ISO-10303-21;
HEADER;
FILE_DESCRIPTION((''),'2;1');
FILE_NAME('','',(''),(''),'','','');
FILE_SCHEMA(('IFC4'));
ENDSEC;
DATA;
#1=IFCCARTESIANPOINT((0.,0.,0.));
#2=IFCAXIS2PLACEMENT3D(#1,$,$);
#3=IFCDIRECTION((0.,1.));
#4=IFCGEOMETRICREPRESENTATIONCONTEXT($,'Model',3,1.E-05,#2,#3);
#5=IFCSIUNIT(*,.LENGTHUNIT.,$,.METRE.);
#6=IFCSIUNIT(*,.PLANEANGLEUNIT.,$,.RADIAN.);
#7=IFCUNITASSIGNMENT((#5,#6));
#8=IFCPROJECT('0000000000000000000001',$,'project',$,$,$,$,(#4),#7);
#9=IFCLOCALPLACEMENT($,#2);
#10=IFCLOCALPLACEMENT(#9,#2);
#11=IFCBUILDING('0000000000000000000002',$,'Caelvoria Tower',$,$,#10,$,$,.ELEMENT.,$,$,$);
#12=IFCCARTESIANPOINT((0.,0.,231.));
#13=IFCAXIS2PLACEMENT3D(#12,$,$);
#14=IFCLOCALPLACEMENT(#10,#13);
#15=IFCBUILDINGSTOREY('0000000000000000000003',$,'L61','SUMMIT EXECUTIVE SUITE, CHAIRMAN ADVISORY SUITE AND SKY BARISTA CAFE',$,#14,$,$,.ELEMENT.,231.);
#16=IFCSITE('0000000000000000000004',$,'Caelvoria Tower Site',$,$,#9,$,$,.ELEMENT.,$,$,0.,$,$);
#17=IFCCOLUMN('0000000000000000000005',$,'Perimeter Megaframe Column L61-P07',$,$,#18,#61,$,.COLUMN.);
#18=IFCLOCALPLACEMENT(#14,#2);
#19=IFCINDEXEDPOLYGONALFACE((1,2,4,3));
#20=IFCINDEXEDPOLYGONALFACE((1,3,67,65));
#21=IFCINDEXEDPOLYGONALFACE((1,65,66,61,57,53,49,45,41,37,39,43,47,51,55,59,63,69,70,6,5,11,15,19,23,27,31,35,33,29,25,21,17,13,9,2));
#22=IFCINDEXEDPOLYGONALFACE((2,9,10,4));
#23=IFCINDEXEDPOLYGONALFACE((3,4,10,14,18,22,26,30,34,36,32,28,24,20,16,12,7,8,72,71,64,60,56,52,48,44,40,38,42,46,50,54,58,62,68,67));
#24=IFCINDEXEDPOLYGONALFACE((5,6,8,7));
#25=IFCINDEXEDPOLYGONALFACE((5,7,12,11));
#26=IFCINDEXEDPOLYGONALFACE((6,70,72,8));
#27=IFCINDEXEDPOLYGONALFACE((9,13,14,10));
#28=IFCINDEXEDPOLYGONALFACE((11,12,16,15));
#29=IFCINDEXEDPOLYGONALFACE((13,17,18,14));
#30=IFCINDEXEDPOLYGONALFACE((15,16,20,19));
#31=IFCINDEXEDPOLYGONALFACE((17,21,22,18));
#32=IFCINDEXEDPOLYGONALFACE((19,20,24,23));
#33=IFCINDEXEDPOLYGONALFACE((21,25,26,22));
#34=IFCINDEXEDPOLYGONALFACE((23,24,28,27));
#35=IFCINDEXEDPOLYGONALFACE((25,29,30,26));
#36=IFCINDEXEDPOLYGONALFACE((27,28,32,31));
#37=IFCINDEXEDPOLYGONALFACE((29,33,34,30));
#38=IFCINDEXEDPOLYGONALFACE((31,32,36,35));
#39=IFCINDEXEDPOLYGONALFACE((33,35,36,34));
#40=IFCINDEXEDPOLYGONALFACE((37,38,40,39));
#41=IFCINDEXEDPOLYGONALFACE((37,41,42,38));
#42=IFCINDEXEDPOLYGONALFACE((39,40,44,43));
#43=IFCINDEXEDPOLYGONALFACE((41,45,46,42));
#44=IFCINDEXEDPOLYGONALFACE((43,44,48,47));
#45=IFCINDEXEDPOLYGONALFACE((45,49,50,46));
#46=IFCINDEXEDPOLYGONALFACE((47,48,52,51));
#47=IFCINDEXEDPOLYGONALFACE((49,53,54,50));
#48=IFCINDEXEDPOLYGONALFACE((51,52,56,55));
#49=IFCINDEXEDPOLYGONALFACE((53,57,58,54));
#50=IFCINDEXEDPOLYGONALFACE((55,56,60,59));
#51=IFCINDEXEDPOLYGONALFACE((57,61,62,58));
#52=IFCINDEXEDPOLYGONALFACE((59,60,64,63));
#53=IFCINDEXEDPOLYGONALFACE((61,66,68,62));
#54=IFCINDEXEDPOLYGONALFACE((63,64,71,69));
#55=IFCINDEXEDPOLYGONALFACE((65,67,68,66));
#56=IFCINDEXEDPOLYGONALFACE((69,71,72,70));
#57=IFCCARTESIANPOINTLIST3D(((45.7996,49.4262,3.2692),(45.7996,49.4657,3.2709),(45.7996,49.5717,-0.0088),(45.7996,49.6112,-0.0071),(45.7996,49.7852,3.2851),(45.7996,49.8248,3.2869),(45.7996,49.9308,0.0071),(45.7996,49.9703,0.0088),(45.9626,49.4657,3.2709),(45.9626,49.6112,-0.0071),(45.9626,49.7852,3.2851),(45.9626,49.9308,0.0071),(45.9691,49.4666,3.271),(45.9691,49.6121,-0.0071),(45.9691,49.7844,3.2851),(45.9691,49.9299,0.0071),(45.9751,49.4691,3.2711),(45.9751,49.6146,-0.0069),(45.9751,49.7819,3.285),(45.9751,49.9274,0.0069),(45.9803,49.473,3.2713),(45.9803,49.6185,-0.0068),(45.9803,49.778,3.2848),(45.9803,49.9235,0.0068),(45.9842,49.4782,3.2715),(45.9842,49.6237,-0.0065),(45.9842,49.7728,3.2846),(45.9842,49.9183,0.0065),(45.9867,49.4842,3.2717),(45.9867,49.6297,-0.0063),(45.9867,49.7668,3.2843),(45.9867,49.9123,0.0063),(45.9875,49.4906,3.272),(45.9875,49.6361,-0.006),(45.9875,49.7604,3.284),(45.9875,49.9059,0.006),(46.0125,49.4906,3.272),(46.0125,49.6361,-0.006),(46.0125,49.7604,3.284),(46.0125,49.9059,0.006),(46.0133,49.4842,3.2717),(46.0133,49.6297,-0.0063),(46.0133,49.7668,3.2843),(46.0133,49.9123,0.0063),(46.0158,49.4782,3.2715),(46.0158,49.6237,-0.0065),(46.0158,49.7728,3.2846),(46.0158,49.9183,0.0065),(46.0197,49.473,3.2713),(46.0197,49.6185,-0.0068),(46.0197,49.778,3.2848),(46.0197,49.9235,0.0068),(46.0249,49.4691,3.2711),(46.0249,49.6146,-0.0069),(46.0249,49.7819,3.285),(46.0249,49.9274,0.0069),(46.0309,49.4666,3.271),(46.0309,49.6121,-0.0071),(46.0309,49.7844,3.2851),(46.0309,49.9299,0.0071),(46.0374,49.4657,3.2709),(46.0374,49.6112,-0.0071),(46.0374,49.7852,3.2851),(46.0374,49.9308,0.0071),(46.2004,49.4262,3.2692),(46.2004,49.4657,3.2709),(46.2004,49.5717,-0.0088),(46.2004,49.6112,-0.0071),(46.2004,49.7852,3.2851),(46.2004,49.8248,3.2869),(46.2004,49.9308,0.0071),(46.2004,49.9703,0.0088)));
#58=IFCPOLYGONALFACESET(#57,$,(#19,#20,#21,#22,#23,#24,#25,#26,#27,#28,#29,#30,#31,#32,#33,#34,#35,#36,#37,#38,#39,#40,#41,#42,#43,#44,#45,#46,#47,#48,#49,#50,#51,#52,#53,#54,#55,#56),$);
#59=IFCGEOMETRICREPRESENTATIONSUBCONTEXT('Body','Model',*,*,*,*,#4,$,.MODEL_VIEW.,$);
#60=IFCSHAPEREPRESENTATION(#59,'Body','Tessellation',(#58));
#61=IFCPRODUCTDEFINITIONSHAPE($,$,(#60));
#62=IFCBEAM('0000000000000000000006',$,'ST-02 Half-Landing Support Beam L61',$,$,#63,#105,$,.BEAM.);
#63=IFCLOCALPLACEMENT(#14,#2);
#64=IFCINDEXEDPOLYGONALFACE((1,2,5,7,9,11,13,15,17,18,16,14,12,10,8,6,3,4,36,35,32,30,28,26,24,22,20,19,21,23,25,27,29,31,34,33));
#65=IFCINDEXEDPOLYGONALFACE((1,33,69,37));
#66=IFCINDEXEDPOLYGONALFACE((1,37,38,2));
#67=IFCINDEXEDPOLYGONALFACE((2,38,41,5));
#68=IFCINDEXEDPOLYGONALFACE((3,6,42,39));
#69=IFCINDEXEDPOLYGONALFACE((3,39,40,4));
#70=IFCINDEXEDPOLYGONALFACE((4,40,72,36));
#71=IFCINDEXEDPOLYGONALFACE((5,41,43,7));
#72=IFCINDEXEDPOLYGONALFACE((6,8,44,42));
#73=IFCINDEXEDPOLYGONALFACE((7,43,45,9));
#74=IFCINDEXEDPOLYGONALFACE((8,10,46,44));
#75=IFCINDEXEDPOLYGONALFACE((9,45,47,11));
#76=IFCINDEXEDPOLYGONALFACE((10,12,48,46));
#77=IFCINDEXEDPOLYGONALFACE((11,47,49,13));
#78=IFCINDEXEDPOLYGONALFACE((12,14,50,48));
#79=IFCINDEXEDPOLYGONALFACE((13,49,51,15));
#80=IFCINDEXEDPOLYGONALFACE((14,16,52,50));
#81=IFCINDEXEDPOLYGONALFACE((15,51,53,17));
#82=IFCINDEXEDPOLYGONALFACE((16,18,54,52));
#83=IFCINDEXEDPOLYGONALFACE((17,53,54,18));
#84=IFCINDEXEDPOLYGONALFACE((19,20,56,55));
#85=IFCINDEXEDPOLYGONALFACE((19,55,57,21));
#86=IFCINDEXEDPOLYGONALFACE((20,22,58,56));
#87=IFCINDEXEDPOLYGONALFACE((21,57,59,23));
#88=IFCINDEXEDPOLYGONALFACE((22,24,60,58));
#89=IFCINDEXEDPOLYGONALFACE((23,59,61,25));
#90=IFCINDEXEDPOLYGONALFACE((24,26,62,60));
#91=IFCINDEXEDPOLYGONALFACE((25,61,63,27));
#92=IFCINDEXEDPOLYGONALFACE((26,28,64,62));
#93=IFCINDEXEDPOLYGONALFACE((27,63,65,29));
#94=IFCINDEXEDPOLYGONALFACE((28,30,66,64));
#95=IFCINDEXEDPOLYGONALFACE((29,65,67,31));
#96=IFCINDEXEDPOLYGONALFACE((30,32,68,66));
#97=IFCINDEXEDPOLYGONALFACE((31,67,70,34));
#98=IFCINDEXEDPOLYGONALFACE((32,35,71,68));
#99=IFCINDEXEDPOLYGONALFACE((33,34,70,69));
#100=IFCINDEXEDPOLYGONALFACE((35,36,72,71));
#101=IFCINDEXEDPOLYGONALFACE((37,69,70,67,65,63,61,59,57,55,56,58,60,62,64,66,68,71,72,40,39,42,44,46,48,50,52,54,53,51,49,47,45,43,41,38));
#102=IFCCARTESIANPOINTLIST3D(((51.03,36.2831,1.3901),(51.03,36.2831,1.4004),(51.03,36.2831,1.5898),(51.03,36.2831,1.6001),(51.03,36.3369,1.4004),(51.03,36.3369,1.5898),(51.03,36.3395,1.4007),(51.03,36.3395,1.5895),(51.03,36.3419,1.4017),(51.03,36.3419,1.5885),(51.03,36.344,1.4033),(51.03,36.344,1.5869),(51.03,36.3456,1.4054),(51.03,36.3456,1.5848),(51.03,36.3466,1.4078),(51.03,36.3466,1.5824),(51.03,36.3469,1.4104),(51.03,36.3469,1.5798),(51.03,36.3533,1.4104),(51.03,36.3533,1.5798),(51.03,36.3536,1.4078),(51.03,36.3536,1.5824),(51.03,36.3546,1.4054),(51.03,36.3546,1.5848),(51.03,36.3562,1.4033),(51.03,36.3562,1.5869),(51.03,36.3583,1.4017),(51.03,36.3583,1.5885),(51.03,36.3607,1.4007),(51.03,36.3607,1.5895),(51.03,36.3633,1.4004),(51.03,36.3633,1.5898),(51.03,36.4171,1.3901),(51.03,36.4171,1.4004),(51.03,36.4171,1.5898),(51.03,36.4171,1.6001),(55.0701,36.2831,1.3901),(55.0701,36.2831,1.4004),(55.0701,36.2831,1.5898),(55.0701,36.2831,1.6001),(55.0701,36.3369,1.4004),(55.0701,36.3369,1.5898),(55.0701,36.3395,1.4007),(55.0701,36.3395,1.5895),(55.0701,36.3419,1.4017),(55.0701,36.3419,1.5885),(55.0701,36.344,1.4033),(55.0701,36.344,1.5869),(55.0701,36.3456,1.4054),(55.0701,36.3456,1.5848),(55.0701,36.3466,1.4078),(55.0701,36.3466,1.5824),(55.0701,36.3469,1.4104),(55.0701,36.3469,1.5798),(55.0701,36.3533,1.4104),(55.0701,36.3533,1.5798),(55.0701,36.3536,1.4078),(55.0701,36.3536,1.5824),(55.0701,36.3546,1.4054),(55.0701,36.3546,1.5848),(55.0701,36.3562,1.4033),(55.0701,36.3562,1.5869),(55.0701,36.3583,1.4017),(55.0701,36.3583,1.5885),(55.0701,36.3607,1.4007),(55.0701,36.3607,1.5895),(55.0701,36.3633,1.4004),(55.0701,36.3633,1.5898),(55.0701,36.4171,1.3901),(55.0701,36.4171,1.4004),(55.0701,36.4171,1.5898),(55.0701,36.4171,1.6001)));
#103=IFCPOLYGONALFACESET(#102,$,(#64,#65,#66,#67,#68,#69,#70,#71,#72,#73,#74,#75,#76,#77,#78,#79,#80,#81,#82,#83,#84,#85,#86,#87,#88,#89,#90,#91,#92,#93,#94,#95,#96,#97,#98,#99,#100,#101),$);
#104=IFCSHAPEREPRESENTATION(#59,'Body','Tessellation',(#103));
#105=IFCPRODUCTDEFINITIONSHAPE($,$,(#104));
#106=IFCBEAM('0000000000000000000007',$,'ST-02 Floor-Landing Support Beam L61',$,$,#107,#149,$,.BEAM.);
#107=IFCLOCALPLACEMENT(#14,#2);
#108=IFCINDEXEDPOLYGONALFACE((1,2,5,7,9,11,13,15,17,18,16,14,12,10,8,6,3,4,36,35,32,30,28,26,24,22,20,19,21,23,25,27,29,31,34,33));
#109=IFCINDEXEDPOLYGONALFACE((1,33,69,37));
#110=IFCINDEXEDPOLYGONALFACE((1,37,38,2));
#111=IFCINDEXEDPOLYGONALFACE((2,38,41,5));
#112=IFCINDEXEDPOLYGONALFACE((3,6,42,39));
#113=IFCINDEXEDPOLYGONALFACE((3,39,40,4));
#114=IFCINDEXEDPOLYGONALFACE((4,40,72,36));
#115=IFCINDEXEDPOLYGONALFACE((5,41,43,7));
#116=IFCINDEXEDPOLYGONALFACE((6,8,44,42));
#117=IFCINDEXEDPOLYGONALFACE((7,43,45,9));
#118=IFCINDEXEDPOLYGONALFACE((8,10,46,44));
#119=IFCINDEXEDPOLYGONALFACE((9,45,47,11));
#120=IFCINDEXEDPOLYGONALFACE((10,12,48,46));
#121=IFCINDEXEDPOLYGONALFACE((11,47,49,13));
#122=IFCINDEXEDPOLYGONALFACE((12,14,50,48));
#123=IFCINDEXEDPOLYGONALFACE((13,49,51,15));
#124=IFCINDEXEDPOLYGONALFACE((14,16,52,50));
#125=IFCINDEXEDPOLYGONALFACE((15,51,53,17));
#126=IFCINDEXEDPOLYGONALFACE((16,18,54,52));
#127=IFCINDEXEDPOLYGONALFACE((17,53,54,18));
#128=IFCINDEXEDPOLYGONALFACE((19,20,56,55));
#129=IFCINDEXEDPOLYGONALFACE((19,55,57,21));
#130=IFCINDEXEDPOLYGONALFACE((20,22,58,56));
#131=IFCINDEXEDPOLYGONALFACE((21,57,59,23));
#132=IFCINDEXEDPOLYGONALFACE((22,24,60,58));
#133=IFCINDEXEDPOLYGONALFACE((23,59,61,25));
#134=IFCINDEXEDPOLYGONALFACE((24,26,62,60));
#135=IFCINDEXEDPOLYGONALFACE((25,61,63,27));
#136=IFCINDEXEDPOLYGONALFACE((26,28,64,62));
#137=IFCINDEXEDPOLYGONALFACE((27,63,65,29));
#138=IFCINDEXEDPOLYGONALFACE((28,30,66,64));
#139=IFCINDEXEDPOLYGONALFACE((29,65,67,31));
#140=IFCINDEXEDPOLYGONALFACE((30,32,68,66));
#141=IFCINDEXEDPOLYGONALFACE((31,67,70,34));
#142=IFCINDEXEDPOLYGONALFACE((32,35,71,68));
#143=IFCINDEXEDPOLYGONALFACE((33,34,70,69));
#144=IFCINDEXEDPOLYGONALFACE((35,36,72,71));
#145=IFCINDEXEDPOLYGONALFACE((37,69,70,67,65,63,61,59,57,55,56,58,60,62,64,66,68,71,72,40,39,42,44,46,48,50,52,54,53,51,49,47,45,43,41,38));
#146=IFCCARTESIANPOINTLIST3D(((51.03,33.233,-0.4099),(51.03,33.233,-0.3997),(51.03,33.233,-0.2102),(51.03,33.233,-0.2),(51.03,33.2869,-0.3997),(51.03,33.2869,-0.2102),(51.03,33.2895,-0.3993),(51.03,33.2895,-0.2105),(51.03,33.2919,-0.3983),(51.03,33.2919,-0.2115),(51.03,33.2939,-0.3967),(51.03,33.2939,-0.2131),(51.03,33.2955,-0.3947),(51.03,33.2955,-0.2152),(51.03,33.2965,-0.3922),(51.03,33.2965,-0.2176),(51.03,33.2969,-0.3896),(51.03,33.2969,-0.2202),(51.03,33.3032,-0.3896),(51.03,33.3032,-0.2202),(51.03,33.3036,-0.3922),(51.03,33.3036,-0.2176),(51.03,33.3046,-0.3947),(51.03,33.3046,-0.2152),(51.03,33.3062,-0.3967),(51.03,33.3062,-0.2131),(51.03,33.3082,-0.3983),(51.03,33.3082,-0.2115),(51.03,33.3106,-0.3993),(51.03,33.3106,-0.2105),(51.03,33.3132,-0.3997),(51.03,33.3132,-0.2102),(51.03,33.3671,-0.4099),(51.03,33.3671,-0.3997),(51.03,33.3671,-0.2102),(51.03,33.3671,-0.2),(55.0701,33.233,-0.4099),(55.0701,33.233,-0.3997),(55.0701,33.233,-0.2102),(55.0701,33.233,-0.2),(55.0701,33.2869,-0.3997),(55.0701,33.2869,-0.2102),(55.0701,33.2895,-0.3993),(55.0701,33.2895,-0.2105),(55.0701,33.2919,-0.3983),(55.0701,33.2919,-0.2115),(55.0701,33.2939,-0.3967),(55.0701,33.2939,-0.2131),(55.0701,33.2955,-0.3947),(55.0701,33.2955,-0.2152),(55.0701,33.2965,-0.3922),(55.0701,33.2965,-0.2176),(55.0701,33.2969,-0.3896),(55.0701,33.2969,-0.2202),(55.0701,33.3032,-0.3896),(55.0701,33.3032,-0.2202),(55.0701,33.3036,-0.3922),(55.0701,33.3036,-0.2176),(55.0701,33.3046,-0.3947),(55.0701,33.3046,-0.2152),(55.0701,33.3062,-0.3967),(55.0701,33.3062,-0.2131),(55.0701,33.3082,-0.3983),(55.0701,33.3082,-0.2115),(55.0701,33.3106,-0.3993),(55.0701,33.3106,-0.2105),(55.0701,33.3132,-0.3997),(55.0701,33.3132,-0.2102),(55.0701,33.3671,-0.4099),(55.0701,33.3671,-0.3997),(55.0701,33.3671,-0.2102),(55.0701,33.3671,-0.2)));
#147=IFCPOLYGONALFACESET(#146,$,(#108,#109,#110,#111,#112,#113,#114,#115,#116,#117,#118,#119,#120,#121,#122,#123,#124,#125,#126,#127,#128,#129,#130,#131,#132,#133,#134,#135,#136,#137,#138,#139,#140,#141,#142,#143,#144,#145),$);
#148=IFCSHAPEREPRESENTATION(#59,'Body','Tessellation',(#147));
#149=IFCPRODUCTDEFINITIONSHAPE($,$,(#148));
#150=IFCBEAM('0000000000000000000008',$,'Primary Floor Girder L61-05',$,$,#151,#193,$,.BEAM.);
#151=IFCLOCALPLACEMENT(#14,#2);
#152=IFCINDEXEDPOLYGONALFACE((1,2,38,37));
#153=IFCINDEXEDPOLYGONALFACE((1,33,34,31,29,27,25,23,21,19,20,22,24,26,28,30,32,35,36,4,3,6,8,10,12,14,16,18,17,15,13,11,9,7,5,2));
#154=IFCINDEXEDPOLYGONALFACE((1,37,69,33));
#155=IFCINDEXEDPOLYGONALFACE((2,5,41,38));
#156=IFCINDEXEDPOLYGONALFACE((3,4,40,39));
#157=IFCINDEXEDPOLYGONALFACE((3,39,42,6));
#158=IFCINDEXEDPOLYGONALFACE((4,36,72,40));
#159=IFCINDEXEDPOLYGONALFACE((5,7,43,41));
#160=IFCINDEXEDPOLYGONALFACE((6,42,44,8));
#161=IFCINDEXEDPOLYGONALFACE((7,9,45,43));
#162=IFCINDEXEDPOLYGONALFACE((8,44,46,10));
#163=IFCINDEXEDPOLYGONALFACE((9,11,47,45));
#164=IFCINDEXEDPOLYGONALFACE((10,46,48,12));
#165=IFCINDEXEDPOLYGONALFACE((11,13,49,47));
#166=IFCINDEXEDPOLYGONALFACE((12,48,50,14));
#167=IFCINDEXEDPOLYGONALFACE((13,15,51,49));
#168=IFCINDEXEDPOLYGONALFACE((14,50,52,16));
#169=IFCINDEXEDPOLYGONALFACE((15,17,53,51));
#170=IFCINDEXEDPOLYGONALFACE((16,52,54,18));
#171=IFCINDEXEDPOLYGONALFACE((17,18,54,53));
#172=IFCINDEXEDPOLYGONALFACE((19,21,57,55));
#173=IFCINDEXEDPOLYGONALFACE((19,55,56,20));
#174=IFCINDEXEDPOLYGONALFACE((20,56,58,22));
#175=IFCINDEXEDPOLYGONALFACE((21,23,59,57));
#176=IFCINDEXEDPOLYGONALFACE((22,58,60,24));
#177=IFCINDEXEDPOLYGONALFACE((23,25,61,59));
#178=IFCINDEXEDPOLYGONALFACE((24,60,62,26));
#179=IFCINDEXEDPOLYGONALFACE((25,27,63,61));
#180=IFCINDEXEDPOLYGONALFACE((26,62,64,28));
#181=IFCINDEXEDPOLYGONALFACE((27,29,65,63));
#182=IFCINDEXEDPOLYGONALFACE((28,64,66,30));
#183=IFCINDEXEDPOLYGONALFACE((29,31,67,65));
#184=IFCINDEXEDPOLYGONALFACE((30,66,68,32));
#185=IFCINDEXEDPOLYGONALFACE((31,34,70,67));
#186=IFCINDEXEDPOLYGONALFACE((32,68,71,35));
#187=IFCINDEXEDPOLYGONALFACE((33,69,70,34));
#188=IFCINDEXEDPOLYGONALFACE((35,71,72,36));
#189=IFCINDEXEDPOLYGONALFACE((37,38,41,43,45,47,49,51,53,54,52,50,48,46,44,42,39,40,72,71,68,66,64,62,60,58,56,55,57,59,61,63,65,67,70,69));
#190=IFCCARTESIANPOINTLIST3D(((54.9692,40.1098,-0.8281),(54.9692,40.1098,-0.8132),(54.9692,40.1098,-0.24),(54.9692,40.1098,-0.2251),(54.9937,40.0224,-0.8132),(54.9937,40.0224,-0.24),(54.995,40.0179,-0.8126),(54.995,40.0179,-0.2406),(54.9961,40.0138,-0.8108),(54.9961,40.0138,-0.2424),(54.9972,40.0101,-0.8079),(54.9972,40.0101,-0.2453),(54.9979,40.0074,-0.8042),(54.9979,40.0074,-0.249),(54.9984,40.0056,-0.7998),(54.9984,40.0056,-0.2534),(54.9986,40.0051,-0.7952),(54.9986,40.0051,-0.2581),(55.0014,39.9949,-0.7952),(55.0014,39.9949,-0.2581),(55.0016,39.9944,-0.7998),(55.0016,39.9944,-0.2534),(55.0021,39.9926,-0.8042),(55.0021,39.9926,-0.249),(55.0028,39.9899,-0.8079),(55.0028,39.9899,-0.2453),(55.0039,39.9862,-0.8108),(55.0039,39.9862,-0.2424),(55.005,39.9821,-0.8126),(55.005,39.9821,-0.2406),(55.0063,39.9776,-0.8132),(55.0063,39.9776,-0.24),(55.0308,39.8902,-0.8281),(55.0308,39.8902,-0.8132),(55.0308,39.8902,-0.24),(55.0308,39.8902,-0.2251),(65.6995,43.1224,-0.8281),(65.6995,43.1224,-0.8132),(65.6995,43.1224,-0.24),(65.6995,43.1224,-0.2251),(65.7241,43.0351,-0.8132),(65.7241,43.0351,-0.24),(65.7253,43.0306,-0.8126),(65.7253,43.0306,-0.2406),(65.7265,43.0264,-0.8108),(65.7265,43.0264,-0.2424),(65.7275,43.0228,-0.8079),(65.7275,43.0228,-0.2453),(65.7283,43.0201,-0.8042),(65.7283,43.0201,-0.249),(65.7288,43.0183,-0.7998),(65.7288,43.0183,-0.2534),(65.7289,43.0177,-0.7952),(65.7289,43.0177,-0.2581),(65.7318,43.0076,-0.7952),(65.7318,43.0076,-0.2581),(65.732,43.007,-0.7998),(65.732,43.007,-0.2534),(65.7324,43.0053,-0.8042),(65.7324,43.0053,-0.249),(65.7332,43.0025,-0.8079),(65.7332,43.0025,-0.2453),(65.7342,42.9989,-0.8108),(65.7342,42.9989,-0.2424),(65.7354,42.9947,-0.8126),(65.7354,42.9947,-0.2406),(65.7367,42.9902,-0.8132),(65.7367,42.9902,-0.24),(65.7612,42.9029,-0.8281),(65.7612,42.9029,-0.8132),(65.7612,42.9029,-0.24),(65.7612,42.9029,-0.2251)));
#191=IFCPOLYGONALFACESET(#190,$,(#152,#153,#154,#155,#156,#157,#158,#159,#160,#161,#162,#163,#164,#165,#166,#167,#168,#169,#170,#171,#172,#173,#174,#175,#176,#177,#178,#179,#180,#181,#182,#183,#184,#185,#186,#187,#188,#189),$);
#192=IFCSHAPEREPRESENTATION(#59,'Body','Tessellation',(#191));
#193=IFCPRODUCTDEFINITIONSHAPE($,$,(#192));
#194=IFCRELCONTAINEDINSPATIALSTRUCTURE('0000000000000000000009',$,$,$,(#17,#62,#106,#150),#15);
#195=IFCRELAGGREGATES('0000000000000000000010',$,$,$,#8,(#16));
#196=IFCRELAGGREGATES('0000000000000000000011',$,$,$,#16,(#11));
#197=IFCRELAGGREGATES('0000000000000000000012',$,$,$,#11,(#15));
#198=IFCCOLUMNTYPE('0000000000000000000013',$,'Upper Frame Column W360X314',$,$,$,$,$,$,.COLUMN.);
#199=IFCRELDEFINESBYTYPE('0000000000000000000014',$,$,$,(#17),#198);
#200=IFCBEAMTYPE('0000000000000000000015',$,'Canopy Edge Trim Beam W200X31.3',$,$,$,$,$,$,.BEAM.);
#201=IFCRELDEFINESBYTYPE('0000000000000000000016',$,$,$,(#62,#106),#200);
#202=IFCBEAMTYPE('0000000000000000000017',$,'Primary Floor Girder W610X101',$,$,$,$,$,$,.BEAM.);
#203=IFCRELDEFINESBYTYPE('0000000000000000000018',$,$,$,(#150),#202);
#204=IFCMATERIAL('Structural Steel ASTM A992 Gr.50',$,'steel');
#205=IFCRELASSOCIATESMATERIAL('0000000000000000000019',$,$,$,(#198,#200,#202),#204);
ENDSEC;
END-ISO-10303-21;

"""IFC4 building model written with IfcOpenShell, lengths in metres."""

from ifc_helpers import new_model, si_unit, direction, frame, origin, origin_2d, place, context, subcontext, project, spatial, i_section, extrude, material, material_profile, profile_set, type_object, element, save


model = new_model("IFC4")

# Units and contexts
model_context = context("Model", 3, precision=1e-05, world=origin(), true_north=direction((0.0, 1.0)))
body_context = subcontext(model_context, "Body", "Model", "MODEL_VIEW")
ifc_project = project(units=[si_unit("LENGTHUNIT", "METRE"), si_unit("PLANEANGLEUNIT", "RADIAN")], contexts=[model_context])

# Site, building, storey
site_placement = place(None, origin())
site = spatial("IfcSite", under=ifc_project, at=site_placement, Name="Caelvoria Tower Site", CompositionType="ELEMENT", RefElevation=0.0)
building_placement = place(site_placement, origin())
building = spatial("IfcBuilding", under=site, at=building_placement, Name="Caelvoria Tower", CompositionType="ELEMENT")
storey_placement = place(building_placement, frame((0.0, 0.0, 231.0)))
storey = spatial("IfcBuildingStorey", under=building, at=storey_placement, Name="L61", Description="SUMMIT EXECUTIVE SUITE, CHAIRMAN ADVISORY SUITE AND SKY BARISTA CAFE", CompositionType="ELEMENT", Elevation=231.0)

# Column
ifc_material_1 = material(Name="Structural Steel ASTM A992 Gr.50", Category="steel")
ifc_material_profile_1 = material_profile(ifc_material_1, i_section(OverallWidth=0.4009, OverallDepth=0.3989, WebThickness=0.0249, FlangeThickness=0.0396, FilletRadius=0.0249, at=origin_2d()), Name="Structural Steel ASTM A992 Gr.50")
ifc_profile_set_1 = profile_set([ifc_material_profile_1], Name="W360X314 - Structural Steel ASTM A992 Gr.50")
column_type = type_object("IfcColumnType", Name="Upper Frame Column W360X314", PredefinedType="COLUMN", material=ifc_profile_set_1)
column_placement = place(storey_placement, frame((46.0, 49.771, 0.0), z_axis=(0.0, -0.044345, 0.999016), x_axis=(1.0, 0.0, 0.0)))
element("IfcColumn", 1, at=column_placement, inside=storey, type_object=column_type, Name="Perimeter Megaframe Column L61-P07", PredefinedType="COLUMN", context=body_context, shape_type="SweptSolid", body=[
    extrude(i_section(OverallWidth=0.4009, OverallDepth=0.3989, WebThickness=0.0249, FlangeThickness=0.0396, FilletRadius=0.0249, at=origin_2d()), origin(), (0.0, 0.0, 1.0), 3.2812),
])

# Beams
ifc_material_profile_2 = material_profile(ifc_material_1, i_section(OverallWidth=0.134, OverallDepth=0.21, WebThickness=0.0063, FlangeThickness=0.0103, FilletRadius=0.01, at=origin_2d()), Name="Structural Steel ASTM A992 Gr.50")
ifc_profile_set_2 = profile_set([ifc_material_profile_2], Name="W200X31.3 - Structural Steel ASTM A992 Gr.50")
beam_type_1 = type_object("IfcBeamType", Name="Canopy Edge Trim Beam W200X31.3", PredefinedType="BEAM", material=ifc_profile_set_2)
for number, where, z_axis, x_axis, name in (
    (2, (51.03, 36.3501, 1.4951), (1.0, 0.0, 0.0), (0.0, 1.0, 0.0), "ST-02 Half-Landing Support Beam L61"),
    (3, (51.03, 33.3, -0.3049), (1.0, 0.0, 0.0), (0.0, 1.0, 0.0), "ST-02 Floor-Landing Support Beam L61"),
):
    element("IfcBeam", number, at=place(storey_placement, frame(where, z_axis=z_axis, x_axis=x_axis)), inside=storey, type_object=beam_type_1, Name=name, PredefinedType="BEAM", context=body_context, shape_type="SweptSolid", body=[
        extrude(i_section(OverallWidth=0.134, OverallDepth=0.21, WebThickness=0.0063, FlangeThickness=0.0103, FilletRadius=0.01, at=origin_2d()), origin(), (0.0, 0.0, 1.0), 4.04),
    ])
ifc_material_profile_3 = material_profile(ifc_material_1, i_section(OverallWidth=0.228, OverallDepth=0.603, WebThickness=0.0105, FlangeThickness=0.0149, FilletRadius=0.0181, at=origin_2d()), Name="Structural Steel ASTM A992 Gr.50")
ifc_profile_set_3 = profile_set([ifc_material_profile_3], Name="W610X101 - Structural Steel ASTM A992 Gr.50")
beam_type_2 = type_object("IfcBeamType", Name="Primary Floor Girder W610X101", PredefinedType="BEAM", material=ifc_profile_set_3)
beam_1_placement = place(storey_placement, frame((55.0, 40.0, -0.5266), z_axis=(0.962774, 0.270309, 0.0), x_axis=(-0.270309, 0.962774, 0.0)))
element("IfcBeam", 4, at=beam_1_placement, inside=storey, type_object=beam_type_2, Name="Primary Floor Girder L61-05", PredefinedType="BEAM", context=body_context, shape_type="SweptSolid", body=[
    extrude(i_section(OverallWidth=0.228, OverallDepth=0.603, WebThickness=0.0105, FlangeThickness=0.0149, FilletRadius=0.0181, at=origin_2d()), origin(), (0.0, 0.0, 1.0), 11.1453),
])

save(model, "model.ifc")
